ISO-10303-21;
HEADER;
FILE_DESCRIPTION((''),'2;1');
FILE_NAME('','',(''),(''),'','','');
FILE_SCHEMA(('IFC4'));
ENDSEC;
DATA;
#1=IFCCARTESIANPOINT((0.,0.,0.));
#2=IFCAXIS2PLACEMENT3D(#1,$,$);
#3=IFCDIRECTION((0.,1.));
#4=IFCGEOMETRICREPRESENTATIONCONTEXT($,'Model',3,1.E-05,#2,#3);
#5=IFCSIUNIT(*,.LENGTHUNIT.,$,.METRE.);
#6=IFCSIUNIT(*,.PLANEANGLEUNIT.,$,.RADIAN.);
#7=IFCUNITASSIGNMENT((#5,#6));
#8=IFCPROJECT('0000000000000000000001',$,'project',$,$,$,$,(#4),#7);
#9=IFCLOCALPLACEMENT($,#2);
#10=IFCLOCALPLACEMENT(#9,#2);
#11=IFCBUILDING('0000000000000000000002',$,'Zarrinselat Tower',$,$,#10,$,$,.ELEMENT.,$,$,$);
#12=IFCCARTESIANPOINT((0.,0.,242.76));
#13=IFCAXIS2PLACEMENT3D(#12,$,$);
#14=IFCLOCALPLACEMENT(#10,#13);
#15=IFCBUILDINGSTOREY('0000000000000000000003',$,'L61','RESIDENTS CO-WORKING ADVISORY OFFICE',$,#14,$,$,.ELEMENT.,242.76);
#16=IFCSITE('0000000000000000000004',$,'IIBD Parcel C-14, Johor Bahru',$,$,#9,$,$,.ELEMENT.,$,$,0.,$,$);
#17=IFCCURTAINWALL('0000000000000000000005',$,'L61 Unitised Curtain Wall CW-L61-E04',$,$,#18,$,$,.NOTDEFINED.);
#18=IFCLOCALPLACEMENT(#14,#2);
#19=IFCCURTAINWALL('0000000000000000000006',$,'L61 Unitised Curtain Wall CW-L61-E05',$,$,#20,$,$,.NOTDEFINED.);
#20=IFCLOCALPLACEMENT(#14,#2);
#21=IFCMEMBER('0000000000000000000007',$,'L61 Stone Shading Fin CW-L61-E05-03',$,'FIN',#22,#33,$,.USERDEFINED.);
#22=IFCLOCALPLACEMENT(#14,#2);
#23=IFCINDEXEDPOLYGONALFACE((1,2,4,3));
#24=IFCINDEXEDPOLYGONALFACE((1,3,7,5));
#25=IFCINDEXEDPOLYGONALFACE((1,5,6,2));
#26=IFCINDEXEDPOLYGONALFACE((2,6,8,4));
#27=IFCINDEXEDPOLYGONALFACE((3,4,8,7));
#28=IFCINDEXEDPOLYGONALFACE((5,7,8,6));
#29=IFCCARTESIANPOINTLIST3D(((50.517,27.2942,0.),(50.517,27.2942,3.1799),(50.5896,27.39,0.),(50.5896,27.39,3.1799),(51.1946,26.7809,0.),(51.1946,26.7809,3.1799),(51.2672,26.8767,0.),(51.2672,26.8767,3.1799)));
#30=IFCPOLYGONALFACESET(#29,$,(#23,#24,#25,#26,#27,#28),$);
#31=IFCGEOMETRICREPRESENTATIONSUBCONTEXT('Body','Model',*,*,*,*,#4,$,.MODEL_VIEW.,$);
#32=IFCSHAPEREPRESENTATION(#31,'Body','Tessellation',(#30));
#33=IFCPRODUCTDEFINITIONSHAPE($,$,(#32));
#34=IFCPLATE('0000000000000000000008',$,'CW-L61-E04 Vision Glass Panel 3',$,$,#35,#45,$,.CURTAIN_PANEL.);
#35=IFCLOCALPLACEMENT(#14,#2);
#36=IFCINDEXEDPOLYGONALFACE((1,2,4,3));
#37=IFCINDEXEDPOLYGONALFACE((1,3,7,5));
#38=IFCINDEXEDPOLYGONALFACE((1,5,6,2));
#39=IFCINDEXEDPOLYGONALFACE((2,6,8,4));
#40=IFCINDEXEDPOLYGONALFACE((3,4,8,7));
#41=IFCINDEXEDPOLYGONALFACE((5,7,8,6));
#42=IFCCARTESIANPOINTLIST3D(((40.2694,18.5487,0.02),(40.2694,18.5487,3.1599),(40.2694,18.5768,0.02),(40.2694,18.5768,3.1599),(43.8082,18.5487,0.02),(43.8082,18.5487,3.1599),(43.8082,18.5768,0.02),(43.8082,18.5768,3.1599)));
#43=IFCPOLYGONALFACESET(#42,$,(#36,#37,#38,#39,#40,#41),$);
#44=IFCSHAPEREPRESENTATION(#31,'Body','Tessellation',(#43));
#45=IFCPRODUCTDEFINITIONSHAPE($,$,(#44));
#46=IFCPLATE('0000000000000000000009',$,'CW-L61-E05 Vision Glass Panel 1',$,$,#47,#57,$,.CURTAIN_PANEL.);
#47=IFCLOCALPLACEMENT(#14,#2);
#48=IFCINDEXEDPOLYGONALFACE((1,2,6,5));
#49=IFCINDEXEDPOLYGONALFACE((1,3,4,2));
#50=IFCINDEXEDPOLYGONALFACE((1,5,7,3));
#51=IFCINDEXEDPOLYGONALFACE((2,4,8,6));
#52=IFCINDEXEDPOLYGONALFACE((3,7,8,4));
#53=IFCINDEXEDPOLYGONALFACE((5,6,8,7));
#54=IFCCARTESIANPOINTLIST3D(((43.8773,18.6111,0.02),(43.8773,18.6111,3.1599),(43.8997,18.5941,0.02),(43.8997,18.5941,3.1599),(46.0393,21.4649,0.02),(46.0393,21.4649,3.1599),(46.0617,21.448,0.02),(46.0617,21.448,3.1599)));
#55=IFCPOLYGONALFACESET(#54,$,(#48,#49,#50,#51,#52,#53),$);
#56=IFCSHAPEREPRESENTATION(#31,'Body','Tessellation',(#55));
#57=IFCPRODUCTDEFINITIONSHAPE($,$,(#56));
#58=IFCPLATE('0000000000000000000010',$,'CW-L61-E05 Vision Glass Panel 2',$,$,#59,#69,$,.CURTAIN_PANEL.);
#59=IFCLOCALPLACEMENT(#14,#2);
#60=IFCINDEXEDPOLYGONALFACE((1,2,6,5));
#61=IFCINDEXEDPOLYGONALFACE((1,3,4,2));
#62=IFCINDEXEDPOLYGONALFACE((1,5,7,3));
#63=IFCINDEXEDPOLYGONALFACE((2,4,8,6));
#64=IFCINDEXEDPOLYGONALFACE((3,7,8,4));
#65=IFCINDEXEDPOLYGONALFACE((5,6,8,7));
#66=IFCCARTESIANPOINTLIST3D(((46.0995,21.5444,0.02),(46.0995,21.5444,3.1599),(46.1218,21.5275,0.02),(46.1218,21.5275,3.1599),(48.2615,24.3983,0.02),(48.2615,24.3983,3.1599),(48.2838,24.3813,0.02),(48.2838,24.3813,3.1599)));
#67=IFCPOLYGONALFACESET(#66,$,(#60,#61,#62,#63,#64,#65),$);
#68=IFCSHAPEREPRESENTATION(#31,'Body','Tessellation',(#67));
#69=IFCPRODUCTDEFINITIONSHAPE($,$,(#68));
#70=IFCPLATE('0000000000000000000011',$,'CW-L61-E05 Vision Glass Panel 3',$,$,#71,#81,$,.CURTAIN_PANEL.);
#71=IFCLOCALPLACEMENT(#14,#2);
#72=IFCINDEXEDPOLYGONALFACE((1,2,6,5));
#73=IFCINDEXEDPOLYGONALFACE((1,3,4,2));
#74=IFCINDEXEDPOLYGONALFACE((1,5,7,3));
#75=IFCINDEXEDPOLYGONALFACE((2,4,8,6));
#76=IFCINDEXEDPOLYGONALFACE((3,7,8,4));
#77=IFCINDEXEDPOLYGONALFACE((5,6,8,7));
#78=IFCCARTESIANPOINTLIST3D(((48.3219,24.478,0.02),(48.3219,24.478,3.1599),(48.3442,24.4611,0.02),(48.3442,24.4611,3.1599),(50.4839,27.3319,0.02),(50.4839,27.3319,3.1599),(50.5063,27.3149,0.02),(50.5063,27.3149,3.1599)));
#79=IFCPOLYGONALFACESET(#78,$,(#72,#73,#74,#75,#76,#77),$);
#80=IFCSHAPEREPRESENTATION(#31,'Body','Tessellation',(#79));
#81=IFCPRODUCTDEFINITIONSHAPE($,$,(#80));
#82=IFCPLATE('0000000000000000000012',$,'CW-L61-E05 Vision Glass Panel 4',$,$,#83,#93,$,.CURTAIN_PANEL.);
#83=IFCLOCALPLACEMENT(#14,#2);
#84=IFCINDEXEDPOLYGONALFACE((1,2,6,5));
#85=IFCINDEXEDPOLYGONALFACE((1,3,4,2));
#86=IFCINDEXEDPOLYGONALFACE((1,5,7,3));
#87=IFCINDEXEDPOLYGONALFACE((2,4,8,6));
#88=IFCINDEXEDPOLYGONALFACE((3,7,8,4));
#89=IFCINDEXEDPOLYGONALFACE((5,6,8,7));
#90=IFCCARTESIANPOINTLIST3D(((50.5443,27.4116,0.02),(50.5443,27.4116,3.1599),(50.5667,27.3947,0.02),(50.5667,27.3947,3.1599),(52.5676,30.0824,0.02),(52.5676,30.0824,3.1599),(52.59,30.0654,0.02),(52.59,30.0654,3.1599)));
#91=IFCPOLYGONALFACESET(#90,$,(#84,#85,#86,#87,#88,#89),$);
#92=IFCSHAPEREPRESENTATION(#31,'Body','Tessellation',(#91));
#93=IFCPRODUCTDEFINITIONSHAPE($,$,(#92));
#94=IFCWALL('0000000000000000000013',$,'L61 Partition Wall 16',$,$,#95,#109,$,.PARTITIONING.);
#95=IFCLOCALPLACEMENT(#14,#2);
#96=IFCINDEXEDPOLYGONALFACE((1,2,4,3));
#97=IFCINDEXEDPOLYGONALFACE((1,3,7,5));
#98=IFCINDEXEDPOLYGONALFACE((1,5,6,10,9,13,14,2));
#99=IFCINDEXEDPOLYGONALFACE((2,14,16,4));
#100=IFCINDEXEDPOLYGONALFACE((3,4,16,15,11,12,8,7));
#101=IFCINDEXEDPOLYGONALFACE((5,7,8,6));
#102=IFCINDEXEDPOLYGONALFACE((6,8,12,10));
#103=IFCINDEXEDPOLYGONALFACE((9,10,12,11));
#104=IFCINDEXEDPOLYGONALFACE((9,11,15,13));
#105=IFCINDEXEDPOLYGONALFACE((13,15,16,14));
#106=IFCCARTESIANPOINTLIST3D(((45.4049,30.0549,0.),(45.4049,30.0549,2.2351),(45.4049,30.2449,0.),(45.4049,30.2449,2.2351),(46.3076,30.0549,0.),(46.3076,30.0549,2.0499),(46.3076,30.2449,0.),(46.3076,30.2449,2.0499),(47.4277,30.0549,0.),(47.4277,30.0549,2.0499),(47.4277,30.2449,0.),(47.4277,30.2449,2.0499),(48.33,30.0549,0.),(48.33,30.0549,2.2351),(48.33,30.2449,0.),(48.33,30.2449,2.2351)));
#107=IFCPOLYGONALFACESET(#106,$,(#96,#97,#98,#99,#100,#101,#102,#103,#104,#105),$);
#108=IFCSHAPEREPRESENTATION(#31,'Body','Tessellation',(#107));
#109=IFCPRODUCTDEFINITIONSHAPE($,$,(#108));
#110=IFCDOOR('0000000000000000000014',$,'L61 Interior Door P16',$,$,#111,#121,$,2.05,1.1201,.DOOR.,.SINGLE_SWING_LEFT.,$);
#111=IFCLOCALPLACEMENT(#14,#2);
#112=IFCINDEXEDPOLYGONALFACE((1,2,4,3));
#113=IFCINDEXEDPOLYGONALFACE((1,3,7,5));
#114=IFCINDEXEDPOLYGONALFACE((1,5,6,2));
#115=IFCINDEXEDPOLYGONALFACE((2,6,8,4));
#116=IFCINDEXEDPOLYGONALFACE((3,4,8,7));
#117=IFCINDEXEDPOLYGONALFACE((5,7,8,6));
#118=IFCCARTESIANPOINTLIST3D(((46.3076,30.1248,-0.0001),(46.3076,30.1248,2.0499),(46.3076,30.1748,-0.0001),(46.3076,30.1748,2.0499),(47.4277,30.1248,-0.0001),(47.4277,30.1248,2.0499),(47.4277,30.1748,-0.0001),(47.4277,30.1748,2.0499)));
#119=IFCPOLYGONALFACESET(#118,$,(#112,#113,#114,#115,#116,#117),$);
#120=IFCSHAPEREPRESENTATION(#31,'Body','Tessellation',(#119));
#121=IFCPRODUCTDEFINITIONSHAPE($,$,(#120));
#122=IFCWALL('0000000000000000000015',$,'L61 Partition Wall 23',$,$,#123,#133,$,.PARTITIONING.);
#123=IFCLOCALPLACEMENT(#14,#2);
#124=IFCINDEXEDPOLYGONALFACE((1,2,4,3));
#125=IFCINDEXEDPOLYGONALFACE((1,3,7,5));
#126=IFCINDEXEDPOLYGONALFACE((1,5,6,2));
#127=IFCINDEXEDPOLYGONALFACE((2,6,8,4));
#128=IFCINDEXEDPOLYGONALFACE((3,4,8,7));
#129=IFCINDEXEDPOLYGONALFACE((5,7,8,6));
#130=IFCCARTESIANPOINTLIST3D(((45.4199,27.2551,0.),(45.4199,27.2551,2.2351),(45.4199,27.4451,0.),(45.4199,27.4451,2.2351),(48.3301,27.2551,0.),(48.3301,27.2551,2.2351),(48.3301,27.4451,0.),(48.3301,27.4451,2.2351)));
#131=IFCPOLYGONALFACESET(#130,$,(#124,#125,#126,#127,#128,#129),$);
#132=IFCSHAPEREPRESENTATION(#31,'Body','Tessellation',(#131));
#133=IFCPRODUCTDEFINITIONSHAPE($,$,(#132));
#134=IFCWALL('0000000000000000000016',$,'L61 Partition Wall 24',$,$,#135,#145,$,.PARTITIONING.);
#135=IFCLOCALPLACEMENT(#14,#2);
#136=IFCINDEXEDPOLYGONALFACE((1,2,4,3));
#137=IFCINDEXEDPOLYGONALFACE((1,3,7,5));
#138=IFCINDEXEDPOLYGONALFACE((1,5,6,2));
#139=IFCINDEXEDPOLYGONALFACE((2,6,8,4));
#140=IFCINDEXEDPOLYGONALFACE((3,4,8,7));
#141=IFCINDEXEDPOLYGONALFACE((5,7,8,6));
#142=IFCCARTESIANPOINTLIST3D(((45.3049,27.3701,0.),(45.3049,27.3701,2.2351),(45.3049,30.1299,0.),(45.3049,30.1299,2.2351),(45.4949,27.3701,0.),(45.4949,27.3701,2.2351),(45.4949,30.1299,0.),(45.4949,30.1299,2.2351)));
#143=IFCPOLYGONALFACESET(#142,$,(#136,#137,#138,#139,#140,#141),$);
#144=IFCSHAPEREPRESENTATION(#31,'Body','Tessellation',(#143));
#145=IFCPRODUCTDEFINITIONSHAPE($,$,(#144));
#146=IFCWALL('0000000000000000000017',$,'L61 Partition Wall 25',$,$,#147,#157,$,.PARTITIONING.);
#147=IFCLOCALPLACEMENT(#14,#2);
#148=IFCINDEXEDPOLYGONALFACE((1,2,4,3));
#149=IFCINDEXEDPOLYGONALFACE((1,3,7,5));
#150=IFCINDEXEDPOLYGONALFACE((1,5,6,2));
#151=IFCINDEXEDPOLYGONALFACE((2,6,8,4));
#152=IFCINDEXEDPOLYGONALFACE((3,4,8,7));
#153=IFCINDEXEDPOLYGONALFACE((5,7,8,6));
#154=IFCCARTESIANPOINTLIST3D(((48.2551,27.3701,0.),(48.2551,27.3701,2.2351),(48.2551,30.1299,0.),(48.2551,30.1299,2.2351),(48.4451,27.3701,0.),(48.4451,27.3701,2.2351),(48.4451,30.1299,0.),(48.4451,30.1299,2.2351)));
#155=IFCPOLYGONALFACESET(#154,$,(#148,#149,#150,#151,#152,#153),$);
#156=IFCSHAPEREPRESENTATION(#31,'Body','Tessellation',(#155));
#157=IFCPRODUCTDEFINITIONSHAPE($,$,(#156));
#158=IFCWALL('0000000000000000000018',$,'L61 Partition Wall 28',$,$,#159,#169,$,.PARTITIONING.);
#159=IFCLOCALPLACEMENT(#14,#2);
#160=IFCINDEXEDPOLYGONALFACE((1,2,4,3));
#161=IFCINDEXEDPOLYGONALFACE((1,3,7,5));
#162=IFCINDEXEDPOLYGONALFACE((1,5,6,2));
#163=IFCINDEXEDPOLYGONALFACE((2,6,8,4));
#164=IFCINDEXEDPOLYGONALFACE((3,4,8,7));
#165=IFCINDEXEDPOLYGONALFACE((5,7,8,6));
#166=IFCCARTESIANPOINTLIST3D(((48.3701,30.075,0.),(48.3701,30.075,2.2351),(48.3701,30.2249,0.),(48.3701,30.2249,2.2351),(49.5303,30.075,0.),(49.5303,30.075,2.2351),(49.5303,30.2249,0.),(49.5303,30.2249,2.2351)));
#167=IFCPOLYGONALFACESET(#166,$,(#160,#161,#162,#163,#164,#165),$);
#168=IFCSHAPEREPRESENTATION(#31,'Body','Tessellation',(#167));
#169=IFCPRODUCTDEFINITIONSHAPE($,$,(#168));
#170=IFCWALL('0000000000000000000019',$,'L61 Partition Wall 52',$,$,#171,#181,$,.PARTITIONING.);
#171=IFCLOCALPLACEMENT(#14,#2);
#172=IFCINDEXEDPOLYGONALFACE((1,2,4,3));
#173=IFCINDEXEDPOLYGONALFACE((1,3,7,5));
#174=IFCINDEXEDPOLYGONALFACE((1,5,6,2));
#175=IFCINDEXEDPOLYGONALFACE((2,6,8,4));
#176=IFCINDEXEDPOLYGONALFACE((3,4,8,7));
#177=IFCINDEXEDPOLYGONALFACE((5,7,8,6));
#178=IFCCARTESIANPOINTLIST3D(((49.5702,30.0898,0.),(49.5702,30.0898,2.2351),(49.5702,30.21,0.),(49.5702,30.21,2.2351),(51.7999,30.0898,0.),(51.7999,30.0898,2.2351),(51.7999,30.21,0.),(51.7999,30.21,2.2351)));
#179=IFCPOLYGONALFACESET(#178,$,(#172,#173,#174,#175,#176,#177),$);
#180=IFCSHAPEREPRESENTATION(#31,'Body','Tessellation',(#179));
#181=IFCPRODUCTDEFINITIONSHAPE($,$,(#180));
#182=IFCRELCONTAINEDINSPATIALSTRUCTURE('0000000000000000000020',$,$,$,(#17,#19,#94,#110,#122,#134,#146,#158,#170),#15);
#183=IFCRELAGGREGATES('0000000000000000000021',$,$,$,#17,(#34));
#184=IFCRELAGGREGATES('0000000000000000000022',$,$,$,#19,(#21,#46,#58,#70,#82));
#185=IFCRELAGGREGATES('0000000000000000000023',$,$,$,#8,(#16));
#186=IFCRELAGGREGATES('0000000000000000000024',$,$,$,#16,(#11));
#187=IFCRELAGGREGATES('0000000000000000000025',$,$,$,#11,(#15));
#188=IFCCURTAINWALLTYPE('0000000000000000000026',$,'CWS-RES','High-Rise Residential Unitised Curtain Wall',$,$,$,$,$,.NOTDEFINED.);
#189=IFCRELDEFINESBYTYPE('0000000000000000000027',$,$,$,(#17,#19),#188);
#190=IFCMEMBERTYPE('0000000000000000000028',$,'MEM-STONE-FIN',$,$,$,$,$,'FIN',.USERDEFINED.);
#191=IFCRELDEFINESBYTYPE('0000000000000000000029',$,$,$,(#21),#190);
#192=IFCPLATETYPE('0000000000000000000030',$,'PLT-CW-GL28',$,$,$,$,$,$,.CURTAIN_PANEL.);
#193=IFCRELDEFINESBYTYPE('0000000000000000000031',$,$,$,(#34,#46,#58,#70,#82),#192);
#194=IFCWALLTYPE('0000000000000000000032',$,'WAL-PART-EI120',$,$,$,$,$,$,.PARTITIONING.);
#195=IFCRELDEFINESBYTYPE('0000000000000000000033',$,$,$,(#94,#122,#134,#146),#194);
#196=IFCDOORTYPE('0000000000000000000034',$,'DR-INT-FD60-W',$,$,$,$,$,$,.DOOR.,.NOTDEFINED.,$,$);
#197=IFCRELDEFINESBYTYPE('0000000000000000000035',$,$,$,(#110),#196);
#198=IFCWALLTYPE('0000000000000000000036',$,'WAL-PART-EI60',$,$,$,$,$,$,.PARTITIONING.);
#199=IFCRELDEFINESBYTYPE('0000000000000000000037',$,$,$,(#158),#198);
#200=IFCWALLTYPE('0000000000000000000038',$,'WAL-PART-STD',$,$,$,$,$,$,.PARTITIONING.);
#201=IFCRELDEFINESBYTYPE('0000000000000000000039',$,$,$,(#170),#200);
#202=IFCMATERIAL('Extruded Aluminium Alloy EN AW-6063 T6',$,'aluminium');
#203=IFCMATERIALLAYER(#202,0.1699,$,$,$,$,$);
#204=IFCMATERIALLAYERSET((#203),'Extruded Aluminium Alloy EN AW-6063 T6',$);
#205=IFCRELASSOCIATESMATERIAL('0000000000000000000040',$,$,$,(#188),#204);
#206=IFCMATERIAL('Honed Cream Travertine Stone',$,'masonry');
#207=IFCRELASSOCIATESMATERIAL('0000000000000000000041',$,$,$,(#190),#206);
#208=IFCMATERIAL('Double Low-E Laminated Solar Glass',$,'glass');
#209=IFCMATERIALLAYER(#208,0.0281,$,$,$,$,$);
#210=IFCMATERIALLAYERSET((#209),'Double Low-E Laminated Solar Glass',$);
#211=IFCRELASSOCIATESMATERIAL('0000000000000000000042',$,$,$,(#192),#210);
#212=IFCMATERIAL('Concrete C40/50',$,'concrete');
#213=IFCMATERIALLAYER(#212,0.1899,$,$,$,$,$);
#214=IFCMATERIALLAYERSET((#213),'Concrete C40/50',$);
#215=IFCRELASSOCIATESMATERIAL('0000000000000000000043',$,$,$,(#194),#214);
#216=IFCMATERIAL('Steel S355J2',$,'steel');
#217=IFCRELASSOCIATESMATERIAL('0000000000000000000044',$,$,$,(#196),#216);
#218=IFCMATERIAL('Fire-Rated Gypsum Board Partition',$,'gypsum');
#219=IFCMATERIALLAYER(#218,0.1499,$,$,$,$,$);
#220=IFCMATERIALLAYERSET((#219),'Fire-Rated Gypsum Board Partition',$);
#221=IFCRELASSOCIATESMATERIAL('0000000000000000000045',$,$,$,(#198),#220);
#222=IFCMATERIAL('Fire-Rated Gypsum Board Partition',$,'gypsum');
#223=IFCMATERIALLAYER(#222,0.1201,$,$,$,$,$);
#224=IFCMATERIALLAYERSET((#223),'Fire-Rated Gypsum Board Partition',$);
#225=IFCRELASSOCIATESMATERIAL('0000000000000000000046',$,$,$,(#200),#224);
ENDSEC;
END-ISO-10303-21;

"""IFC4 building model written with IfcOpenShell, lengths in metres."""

from ifc_helpers import new_model, si_unit, direction, frame, frame_2d, origin, origin_2d, place, context, subcontext, project, spatial, rectangle, extrude, material, layer, layer_set, material_profile, profile_set, type_object, element, fill, aggregate, save


model = new_model("IFC4")

# Units and contexts
model_context = context("Model", 3, precision=1e-05, world=origin(), true_north=direction((0.0, 1.0)))
body_context = subcontext(model_context, "Body", "Model", "MODEL_VIEW")
ifc_project = project(units=[si_unit("LENGTHUNIT", "METRE"), si_unit("PLANEANGLEUNIT", "RADIAN")], contexts=[model_context])

# Site, building, storey
site_placement = place(None, origin())
site = spatial("IfcSite", under=ifc_project, at=site_placement, Name="IIBD Parcel C-14, Johor Bahru", CompositionType="ELEMENT", RefElevation=0.0)
building_placement = place(site_placement, origin())
building = spatial("IfcBuilding", under=site, at=building_placement, Name="Zarrinselat Tower", CompositionType="ELEMENT")
storey_placement = place(building_placement, frame((0.0, 0.0, 242.76)))
storey = spatial("IfcBuildingStorey", under=building, at=storey_placement, Name="L61", Description="RESIDENTS CO-WORKING ADVISORY OFFICE", CompositionType="ELEMENT", Elevation=242.76)

# Curtain walls, member
ifc_material_1 = material(Name="Extruded Aluminium Alloy EN AW-6063 T6", Category="aluminium")
ifc_layer_1 = layer(ifc_material_1, 0.1699)
ifc_layer_set_1 = layer_set([ifc_layer_1], Name="Extruded Aluminium Alloy EN AW-6063 T6")
curtain_wall_type = type_object("IfcCurtainWallType", Name="CWS-RES", Description="High-Rise Residential Unitised Curtain Wall", PredefinedType="NOTDEFINED", material=ifc_layer_set_1)
curtain_wall_1_placement = place(storey_placement, origin())
curtain_wall_1 = element("IfcCurtainWall", 1, at=curtain_wall_1_placement, inside=storey, type_object=curtain_wall_type, Name="L61 Unitised Curtain Wall CW-L61-E04", PredefinedType="NOTDEFINED")
curtain_wall_2_placement = place(storey_placement, origin())
curtain_wall_2 = element("IfcCurtainWall", 2, at=curtain_wall_2_placement, inside=storey, type_object=curtain_wall_type, Name="L61 Unitised Curtain Wall CW-L61-E05", PredefinedType="NOTDEFINED")
ifc_material_2 = material(Name="Honed Cream Travertine Stone", Category="masonry")
ifc_material_profile_1 = material_profile(ifc_material_2, rectangle(XDim=0.1201, YDim=0.8501, at=origin_2d()), Name="FIN 850x120")
ifc_profile_set_1 = profile_set([ifc_material_profile_1], Name="Honed Cream Travertine Stone")
member_type_1 = type_object("IfcMemberType", Name="MEM-STONE-FIN", ElementType="FIN", PredefinedType="USERDEFINED", material=ifc_profile_set_1)
member_1_placement = place(storey_placement, frame((50.8921, 27.0854, 0.0), z_axis=(0.0, 0.0, 1.0), x_axis=(-0.603858, -0.797092, 0.0)))
member_1 = element("IfcMember", 3, at=member_1_placement, type_object=member_type_1, Name="L61 Stone Shading Fin CW-L61-E05-03", ObjectType="FIN", PredefinedType="USERDEFINED", context=body_context, shape_type="SweptSolid", body=[
    extrude(rectangle(XDim=0.1201, YDim=0.8501, at=origin_2d()), origin(), (0.0, 0.0, 1.0), 3.1799),
])

# Plates
ifc_material_3 = material(Name="Double Low-E Laminated Solar Glass", Category="glass")
ifc_layer_2 = layer(ifc_material_3, 0.0281)
ifc_layer_set_2 = layer_set([ifc_layer_2], Name="Double Low-E Laminated Solar Glass")
plate_type = type_object("IfcPlateType", Name="PLT-CW-GL28", PredefinedType="CURTAIN_PANEL", material=ifc_layer_set_2)
plate_1_placement = place(storey_placement, frame((42.0388, 18.5627, 0.02), z_axis=(0.0, 0.0, 1.0), x_axis=(1.0, 0.0, 0.0)))
plate_1 = element("IfcPlate", 4, at=plate_1_placement, type_object=plate_type, Name="CW-L61-E04 Vision Glass Panel 3", PredefinedType="CURTAIN_PANEL", context=body_context, shape_type="SweptSolid", body=[
    extrude(rectangle(XDim=3.5388, YDim=0.0281, at=origin_2d()), origin(), (0.0, 0.0, 1.0), 3.1399),
])
aggregate(curtain_wall_1, [plate_1])
plate_2_placement = place(storey_placement, frame((44.9695, 20.0295, 0.02), z_axis=(0.0, 0.0, 1.0), x_axis=(0.603858, 0.797092, 0.0)))
plate_2 = element("IfcPlate", 5, at=plate_2_placement, type_object=plate_type, Name="CW-L61-E05 Vision Glass Panel 1", PredefinedType="CURTAIN_PANEL", context=body_context, shape_type="SweptSolid", body=[
    extrude(rectangle(XDim=3.5803, YDim=0.0281, at=origin_2d()), origin(), (0.0, 0.0, 1.0), 3.1399),
])
plate_3_placement = place(storey_placement, frame((47.1917, 22.9629, 0.02), z_axis=(0.0, 0.0, 1.0), x_axis=(0.603858, 0.797092, 0.0)))
plate_3 = element("IfcPlate", 6, at=plate_3_placement, type_object=plate_type, Name="CW-L61-E05 Vision Glass Panel 2", PredefinedType="CURTAIN_PANEL", context=body_context, shape_type="SweptSolid", body=[
    extrude(rectangle(XDim=3.5803, YDim=0.0281, at=origin_2d()), origin(), (0.0, 0.0, 1.0), 3.1399),
])
plate_4_placement = place(storey_placement, frame((49.4141, 25.8965, 0.02), z_axis=(0.0, 0.0, 1.0), x_axis=(0.603858, 0.797092, 0.0)))
plate_4 = element("IfcPlate", 7, at=plate_4_placement, type_object=plate_type, Name="CW-L61-E05 Vision Glass Panel 3", PredefinedType="CURTAIN_PANEL", context=body_context, shape_type="SweptSolid", body=[
    extrude(rectangle(XDim=3.5803, YDim=0.0281, at=origin_2d()), origin(), (0.0, 0.0, 1.0), 3.1399),
])
plate_5_placement = place(storey_placement, frame((51.5671, 28.7385, 0.02), z_axis=(0.0, 0.0, 1.0), x_axis=(0.603858, 0.797092, 0.0)))
plate_5 = element("IfcPlate", 8, at=plate_5_placement, type_object=plate_type, Name="CW-L61-E05 Vision Glass Panel 4", PredefinedType="CURTAIN_PANEL", context=body_context, shape_type="SweptSolid", body=[
    extrude(rectangle(XDim=3.3506, YDim=0.0281, at=origin_2d()), origin(), (0.0, 0.0, 1.0), 3.1399),
])
aggregate(curtain_wall_2, [member_1, plate_2, plate_3, plate_4, plate_5])

# Wall, opening, door
ifc_material_4 = material(Name="Concrete C40/50", Category="concrete")
ifc_layer_3 = layer(ifc_material_4, 0.1899)
ifc_layer_set_3 = layer_set([ifc_layer_3], Name="Concrete C40/50")
wall_type_1 = type_object("IfcWallType", Name="WAL-PART-EI120", PredefinedType="PARTITIONING", material=ifc_layer_set_3)
wall_1_placement = place(storey_placement, frame((45.405, 30.1499, 0.0), z_axis=(0.0, 0.0, 1.0), x_axis=(1.0, 0.0, 0.0)))
wall_1 = element("IfcWall", 9, at=wall_1_placement, inside=storey, type_object=wall_type_1, Name="L61 Partition Wall 16", PredefinedType="PARTITIONING", context=body_context, shape_type="SweptSolid", body=[
    extrude(rectangle(XDim=2.925, YDim=0.1899, at=frame_2d((1.4624, 0.0))), origin(), (0.0, 0.0, 1.0), 2.2351),
])
opening_placement = place(wall_1_placement, frame((0.9026, 0.0, 0.0)))
opening = element("IfcOpeningElement", 10, at=opening_placement, cuts=wall_1, PredefinedType="OPENING", context=body_context, shape_type="SweptSolid", body=[
    extrude(rectangle(XDim=1.1201, YDim=2.05, at=frame_2d((0.5601, 1.0249))), frame((0.0, 0.105, 0.0), z_axis=(0.0, -1.0, 0.0), x_axis=(1.0, 0.0, 0.0)), (0.0, 0.0, 1.0), 0.21),
])
ifc_material_5 = material(Name="Steel S355J2", Category="steel")
door_type = type_object("IfcDoorType", Name="DR-INT-FD60-W", OperationType="NOTDEFINED", PredefinedType="DOOR", material=ifc_material_5)
door_placement = place(opening_placement, origin())
door = element("IfcDoor", 11, at=door_placement, inside=storey, type_object=door_type, Name="L61 Interior Door P16", OperationType="SINGLE_SWING_LEFT", OverallHeight=2.05, OverallWidth=1.1201, PredefinedType="DOOR", context=body_context, shape_type="SweptSolid", body=[
    extrude(rectangle(XDim=1.1201, YDim=2.05, at=frame_2d((0.5601, 1.0249))), frame((0.0, 0.0249, 0.0), z_axis=(0.0, -1.0, 0.0), x_axis=(1.0, 0.0, 0.0)), (0.0, 0.0, 1.0), 0.05),
])
fill(opening, door)

# Walls
wall_2_placement = place(storey_placement, frame((45.4199, 27.3501, 0.0), z_axis=(0.0, 0.0, 1.0), x_axis=(1.0, 0.0, 0.0)))
element("IfcWall", 12, at=wall_2_placement, inside=storey, type_object=wall_type_1, Name="L61 Partition Wall 23", PredefinedType="PARTITIONING", context=body_context, shape_type="SweptSolid", body=[
    extrude(rectangle(XDim=2.9102, YDim=0.1899, at=frame_2d((1.4551, 0.0))), origin(), (0.0, 0.0, 1.0), 2.2351),
])
for number, where, z_axis, x_axis, name in (
    (13, (45.3999, 27.3701, 0.0), (0.0, 0.0, 1.0), (0.0, 1.0, 0.0), "L61 Partition Wall 24"),
    (14, (48.3501, 27.3701, 0.0), (0.0, 0.0, 1.0), (0.0, 1.0, 0.0), "L61 Partition Wall 25"),
):
    element("IfcWall", number, at=place(storey_placement, frame(where, z_axis=z_axis, x_axis=x_axis)), inside=storey, type_object=wall_type_1, Name=name, PredefinedType="PARTITIONING", context=body_context, shape_type="SweptSolid", body=[
        extrude(rectangle(XDim=2.7598, YDim=0.1899, at=frame_2d((1.3799, 0.0))), origin(), (0.0, 0.0, 1.0), 2.2351),
    ])
ifc_material_6 = material(Name="Fire-Rated Gypsum Board Partition", Category="gypsum")
ifc_layer_4 = layer(ifc_material_6, 0.1499)
ifc_layer_set_4 = layer_set([ifc_layer_4], Name="Fire-Rated Gypsum Board Partition")
wall_type_2 = type_object("IfcWallType", Name="WAL-PART-EI60", PredefinedType="PARTITIONING", material=ifc_layer_set_4)
wall_3_placement = place(storey_placement, frame((48.3701, 30.1499, 0.0), z_axis=(0.0, 0.0, 1.0), x_axis=(1.0, 0.0, 0.0)))
element("IfcWall", 15, at=wall_3_placement, inside=storey, type_object=wall_type_2, Name="L61 Partition Wall 28", PredefinedType="PARTITIONING", context=body_context, shape_type="SweptSolid", body=[
    extrude(rectangle(XDim=1.1602, YDim=0.1499, at=frame_2d((0.5801, 0.0))), origin(), (0.0, 0.0, 1.0), 2.2351),
])
ifc_material_7 = material(Name="Fire-Rated Gypsum Board Partition", Category="gypsum")
ifc_layer_5 = layer(ifc_material_7, 0.1201)
ifc_layer_set_5 = layer_set([ifc_layer_5], Name="Fire-Rated Gypsum Board Partition")
wall_type_3 = type_object("IfcWallType", Name="WAL-PART-STD", PredefinedType="PARTITIONING", material=ifc_layer_set_5)
wall_4_placement = place(storey_placement, frame((49.5703, 30.1499, 0.0), z_axis=(0.0, 0.0, 1.0), x_axis=(1.0, 0.0, 0.0)))
element("IfcWall", 16, at=wall_4_placement, inside=storey, type_object=wall_type_3, Name="L61 Partition Wall 52", PredefinedType="PARTITIONING", context=body_context, shape_type="SweptSolid", body=[
    extrude(rectangle(XDim=2.2297, YDim=0.1201, at=frame_2d((1.1147, 0.0))), origin(), (0.0, 0.0, 1.0), 2.2351),
])

save(model, "model.ifc")
